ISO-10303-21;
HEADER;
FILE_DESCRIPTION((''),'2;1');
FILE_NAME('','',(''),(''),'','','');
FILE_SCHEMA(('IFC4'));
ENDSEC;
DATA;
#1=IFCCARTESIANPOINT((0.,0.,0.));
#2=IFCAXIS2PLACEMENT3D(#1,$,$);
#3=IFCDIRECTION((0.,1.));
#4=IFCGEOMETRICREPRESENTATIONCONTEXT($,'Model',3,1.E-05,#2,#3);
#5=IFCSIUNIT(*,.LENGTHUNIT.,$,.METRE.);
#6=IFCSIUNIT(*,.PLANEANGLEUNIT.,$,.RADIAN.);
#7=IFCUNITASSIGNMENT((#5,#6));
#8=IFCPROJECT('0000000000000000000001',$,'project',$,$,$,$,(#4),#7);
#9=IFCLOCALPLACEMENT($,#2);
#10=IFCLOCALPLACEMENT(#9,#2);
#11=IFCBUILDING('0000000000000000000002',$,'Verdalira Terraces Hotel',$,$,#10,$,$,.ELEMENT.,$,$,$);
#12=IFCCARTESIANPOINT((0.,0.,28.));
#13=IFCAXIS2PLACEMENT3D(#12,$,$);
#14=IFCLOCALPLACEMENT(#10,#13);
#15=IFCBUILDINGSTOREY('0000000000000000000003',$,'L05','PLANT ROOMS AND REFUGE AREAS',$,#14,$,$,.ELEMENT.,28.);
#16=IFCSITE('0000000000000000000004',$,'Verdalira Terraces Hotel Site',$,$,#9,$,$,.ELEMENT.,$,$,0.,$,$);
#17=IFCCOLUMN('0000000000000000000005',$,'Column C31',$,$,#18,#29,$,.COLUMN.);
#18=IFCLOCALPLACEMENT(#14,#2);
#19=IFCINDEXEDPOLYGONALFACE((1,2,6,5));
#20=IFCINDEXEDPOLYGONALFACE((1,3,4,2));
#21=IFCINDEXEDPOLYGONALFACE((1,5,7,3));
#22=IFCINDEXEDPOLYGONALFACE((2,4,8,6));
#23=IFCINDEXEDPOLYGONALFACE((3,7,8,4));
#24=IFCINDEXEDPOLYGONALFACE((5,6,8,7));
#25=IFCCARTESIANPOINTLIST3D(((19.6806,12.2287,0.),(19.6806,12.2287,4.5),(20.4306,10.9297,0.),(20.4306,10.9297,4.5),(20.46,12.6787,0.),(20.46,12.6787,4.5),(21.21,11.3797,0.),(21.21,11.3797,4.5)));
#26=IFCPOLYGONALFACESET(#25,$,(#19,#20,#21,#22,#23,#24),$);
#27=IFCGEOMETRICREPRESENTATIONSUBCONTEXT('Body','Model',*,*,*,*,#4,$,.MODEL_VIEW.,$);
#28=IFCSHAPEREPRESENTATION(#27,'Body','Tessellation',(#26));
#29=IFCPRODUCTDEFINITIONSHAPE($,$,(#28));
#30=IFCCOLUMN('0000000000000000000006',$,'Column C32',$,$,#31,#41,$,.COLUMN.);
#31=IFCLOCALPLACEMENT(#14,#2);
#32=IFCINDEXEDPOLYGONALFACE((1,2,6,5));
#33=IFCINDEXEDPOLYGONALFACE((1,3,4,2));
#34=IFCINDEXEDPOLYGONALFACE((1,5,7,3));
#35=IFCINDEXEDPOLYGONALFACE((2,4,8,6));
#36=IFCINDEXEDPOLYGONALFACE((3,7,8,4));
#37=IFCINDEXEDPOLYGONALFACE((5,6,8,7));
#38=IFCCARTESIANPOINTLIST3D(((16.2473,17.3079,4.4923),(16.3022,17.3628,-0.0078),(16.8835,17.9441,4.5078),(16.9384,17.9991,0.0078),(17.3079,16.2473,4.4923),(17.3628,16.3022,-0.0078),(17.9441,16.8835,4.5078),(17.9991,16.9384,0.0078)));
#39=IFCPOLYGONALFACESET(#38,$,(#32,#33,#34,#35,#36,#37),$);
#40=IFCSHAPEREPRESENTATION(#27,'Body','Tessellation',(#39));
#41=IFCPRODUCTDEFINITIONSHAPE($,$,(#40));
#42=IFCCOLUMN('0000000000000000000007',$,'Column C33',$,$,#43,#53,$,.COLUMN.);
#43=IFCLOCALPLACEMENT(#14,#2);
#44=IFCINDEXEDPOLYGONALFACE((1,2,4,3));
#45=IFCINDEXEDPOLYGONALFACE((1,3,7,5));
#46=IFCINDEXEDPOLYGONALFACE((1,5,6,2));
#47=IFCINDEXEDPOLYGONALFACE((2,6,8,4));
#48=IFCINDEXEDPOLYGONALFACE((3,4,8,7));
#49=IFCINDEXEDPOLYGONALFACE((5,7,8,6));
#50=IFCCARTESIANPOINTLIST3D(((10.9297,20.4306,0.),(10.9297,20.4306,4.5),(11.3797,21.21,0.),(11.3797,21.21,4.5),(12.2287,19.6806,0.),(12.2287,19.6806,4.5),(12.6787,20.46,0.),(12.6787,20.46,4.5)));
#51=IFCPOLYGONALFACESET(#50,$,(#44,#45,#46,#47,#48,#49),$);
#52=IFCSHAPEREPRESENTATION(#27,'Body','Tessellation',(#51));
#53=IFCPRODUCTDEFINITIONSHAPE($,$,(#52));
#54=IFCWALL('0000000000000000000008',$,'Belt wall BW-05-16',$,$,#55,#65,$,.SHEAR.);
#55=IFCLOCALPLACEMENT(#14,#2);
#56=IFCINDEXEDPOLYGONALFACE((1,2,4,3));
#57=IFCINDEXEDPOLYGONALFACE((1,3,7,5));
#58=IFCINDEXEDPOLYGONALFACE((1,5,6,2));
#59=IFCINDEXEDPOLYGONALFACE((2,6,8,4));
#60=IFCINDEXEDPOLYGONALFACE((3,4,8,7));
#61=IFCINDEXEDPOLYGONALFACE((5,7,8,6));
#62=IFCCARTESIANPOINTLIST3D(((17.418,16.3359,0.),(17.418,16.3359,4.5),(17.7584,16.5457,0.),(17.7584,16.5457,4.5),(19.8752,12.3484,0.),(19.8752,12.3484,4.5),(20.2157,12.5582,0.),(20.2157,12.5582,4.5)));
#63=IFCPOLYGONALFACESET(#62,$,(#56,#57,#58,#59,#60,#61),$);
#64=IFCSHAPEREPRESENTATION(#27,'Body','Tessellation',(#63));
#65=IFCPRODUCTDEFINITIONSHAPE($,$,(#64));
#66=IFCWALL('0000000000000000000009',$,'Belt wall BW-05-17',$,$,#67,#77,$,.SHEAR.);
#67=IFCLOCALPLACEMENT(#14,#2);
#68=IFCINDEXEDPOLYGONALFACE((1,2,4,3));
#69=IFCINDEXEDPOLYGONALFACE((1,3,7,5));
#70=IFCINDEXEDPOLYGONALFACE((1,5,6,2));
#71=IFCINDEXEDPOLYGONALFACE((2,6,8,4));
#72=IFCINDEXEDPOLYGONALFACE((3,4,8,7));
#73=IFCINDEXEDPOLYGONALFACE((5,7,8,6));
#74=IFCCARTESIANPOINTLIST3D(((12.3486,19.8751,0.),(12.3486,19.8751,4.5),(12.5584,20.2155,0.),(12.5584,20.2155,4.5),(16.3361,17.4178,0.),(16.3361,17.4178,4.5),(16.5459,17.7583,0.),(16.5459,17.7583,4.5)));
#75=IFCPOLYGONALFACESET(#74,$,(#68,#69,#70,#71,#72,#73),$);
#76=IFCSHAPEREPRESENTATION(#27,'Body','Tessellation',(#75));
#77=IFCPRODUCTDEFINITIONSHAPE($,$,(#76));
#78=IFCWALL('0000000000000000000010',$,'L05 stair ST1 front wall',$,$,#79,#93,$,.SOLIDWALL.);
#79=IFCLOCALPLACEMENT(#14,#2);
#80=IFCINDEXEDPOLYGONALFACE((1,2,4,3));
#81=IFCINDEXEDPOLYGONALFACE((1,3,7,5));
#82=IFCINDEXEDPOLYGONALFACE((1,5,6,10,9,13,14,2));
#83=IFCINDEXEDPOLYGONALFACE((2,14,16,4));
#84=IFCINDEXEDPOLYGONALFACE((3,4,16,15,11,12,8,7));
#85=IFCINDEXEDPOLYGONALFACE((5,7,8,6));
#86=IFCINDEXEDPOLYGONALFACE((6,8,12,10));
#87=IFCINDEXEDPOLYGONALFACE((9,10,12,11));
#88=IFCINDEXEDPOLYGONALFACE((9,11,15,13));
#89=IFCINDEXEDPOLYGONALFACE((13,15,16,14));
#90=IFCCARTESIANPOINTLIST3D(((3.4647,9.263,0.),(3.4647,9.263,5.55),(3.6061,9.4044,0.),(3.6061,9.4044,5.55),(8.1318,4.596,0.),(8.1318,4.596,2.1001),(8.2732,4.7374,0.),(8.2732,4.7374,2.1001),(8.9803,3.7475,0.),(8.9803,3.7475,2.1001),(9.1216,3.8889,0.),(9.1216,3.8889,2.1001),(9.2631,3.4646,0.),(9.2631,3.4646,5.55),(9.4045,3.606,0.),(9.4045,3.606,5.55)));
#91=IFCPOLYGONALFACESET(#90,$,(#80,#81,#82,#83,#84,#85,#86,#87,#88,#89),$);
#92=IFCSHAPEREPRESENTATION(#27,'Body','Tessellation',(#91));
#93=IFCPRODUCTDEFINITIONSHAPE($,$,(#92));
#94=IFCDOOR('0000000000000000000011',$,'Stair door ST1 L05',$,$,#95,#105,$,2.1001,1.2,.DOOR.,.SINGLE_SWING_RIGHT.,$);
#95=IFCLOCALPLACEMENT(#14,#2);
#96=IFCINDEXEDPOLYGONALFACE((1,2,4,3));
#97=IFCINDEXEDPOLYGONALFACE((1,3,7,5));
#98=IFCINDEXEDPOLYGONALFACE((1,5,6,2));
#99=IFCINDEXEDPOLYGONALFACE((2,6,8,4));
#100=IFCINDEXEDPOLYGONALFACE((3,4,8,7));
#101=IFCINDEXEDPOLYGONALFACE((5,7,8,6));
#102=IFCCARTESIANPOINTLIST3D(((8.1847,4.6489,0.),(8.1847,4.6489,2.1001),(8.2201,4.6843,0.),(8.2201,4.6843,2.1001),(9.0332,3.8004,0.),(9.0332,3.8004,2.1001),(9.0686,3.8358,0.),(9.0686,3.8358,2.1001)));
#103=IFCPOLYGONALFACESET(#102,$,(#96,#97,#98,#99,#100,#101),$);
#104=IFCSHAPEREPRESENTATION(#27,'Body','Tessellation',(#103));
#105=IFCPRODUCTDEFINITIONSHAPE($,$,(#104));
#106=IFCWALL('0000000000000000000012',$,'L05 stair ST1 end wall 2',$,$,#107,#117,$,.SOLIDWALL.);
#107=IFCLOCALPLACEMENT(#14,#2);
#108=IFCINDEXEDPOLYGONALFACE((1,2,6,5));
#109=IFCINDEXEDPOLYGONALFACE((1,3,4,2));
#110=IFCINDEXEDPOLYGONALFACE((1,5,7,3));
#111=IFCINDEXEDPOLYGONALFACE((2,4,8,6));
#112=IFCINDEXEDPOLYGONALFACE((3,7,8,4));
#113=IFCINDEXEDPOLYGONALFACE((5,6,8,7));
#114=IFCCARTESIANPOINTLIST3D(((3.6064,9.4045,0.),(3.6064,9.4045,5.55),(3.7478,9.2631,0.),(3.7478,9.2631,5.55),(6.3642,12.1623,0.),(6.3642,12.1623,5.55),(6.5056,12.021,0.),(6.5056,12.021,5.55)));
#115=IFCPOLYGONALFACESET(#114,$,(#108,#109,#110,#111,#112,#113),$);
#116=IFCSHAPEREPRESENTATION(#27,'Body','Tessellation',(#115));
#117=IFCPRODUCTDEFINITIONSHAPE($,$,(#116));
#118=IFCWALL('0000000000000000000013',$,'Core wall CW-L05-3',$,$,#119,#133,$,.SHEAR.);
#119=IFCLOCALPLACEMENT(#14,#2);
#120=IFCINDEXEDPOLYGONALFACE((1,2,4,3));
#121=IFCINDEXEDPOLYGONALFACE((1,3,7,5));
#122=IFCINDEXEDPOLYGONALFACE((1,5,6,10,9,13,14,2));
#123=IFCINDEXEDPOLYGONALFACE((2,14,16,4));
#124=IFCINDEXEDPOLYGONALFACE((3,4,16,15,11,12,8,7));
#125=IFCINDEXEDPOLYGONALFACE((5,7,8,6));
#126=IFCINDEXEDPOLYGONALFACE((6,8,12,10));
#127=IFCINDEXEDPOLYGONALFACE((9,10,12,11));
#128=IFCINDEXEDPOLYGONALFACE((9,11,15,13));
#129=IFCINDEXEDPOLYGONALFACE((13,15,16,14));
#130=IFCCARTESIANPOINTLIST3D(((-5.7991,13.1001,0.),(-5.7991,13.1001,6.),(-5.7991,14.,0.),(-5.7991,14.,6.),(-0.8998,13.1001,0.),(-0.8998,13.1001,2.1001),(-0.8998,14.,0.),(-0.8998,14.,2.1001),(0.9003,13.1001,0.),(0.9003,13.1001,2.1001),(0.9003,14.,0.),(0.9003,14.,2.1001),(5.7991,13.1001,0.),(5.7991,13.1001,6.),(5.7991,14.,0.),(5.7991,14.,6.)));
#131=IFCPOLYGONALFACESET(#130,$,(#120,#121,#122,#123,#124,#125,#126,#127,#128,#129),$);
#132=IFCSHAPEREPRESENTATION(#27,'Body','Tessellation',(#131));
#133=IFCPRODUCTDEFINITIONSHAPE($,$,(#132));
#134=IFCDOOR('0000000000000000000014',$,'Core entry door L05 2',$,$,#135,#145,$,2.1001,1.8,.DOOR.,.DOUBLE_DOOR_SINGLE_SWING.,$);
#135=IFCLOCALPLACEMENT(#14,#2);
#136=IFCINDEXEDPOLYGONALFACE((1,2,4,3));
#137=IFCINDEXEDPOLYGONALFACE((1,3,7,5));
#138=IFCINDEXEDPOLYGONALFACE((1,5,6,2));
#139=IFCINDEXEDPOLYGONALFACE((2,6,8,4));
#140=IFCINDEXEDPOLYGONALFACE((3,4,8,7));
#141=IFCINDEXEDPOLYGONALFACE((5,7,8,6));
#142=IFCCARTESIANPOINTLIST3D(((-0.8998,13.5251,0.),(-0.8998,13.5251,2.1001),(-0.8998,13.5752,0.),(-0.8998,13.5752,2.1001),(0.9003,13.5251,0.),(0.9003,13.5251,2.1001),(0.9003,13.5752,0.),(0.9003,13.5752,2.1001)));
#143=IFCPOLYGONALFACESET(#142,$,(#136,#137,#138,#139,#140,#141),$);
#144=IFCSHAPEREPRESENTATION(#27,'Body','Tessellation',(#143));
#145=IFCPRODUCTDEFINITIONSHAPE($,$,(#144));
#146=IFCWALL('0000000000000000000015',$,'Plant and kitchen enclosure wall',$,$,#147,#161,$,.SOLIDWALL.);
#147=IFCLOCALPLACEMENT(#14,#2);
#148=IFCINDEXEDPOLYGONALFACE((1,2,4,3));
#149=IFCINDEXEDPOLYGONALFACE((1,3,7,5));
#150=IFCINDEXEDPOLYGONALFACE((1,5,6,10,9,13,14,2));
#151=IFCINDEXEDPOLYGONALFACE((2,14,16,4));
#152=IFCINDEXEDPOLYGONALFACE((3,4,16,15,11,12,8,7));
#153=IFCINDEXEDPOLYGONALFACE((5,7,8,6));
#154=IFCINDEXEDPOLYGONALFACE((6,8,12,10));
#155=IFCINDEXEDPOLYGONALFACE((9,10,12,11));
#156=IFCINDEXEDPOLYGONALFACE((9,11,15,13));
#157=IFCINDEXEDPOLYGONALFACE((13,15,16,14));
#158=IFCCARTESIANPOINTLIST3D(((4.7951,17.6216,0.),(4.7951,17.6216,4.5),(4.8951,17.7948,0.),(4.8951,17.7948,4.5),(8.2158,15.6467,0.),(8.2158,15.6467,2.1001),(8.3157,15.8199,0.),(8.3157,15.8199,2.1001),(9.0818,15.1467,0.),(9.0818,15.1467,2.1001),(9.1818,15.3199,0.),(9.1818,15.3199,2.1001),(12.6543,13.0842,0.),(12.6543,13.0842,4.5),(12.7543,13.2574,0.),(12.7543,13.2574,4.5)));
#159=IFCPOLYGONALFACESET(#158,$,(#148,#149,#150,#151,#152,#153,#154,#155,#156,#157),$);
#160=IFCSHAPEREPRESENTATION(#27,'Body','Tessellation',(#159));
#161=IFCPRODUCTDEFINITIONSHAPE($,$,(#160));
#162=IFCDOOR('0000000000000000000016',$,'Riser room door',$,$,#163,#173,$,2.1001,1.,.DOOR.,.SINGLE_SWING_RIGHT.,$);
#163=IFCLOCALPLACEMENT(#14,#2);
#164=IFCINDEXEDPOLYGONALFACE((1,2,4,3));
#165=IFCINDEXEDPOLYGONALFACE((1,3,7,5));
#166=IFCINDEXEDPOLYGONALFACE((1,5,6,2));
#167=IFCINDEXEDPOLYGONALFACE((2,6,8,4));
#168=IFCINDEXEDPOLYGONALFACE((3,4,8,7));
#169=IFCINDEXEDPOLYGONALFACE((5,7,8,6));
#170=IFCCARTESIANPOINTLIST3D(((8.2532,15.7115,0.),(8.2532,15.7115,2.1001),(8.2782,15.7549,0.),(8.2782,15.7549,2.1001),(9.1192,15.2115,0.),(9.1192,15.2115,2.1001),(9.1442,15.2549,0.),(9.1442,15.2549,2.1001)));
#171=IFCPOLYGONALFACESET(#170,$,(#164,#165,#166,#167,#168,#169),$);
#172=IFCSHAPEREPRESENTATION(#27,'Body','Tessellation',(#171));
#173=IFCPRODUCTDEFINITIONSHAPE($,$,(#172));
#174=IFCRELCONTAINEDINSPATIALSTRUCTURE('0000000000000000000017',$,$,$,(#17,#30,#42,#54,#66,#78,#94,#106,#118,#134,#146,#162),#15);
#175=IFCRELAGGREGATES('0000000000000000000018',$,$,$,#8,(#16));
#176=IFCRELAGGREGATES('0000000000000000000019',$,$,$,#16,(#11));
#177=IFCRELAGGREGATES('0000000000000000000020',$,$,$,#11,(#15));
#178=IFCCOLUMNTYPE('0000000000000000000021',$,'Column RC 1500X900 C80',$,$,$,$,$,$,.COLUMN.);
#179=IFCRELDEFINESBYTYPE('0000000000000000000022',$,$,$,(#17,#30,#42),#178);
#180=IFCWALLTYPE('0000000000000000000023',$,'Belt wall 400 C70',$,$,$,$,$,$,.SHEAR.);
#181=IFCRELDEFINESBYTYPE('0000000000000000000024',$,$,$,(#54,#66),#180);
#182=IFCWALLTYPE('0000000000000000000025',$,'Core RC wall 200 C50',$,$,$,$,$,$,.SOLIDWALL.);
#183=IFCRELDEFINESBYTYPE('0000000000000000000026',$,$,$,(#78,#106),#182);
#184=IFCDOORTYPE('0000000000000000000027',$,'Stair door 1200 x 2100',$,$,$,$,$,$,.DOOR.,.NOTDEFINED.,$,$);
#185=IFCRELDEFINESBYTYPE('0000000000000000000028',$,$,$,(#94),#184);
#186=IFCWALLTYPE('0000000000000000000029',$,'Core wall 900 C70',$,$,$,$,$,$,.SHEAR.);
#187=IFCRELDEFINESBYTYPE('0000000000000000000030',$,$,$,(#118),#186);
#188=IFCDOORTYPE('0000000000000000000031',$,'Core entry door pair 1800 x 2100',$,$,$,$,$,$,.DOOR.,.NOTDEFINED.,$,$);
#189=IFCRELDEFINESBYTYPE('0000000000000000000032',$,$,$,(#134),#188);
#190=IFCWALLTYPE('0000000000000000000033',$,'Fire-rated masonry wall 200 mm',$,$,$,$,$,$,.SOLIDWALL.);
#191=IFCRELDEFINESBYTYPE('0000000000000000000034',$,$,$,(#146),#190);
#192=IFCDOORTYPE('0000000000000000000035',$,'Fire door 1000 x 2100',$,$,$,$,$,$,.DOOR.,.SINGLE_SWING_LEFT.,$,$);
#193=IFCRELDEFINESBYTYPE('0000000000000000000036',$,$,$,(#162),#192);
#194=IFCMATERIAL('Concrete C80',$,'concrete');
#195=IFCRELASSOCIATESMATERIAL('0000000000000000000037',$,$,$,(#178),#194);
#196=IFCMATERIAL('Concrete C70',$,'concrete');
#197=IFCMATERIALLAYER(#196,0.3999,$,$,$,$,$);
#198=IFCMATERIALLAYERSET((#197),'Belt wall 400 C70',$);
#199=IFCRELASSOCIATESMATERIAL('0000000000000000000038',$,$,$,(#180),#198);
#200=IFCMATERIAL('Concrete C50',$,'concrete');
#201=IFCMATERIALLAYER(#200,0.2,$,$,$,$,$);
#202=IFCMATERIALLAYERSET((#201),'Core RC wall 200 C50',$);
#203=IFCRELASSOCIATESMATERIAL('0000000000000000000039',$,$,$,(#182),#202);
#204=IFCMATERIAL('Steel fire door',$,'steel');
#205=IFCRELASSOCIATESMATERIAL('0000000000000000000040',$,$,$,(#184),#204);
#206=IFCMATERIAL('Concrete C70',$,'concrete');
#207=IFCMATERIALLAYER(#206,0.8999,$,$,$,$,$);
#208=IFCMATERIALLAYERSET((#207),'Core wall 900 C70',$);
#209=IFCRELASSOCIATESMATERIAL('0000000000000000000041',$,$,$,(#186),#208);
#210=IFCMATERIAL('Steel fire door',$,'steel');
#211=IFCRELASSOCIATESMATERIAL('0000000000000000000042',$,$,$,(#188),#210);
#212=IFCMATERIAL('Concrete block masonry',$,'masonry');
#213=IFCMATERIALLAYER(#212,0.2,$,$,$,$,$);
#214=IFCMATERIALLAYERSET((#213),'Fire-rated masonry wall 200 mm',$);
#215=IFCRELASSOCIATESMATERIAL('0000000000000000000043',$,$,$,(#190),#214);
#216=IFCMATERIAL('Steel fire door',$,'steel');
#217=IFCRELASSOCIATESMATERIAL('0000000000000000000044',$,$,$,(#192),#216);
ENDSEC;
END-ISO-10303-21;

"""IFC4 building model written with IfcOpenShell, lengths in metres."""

from ifc_helpers import new_model, si_unit, direction, frame, frame_2d, origin, origin_2d, place, context, subcontext, project, spatial, rectangle, extrude, material, layer, layer_set, material_profile, profile_set, type_object, element, fill, save


model = new_model("IFC4")

# Units and contexts
model_context = context("Model", 3, precision=1e-05, world=origin(), true_north=direction((0.0, 1.0)))
body_context = subcontext(model_context, "Body", "Model", "MODEL_VIEW")
ifc_project = project(units=[si_unit("LENGTHUNIT", "METRE"), si_unit("PLANEANGLEUNIT", "RADIAN")], contexts=[model_context])

# Site, building, storey
site_placement = place(None, origin())
site = spatial("IfcSite", under=ifc_project, at=site_placement, Name="Verdalira Terraces Hotel Site", CompositionType="ELEMENT", RefElevation=0.0)
building_placement = place(site_placement, origin())
building = spatial("IfcBuilding", under=site, at=building_placement, Name="Verdalira Terraces Hotel", CompositionType="ELEMENT")
storey_placement = place(building_placement, frame((0.0, 0.0, 28.0)))
storey = spatial("IfcBuildingStorey", under=building, at=storey_placement, Name="L05", Description="PLANT ROOMS AND REFUGE AREAS", CompositionType="ELEMENT", Elevation=28.0)

# Columns
ifc_material_1 = material(Name="Concrete C80", Category="concrete")
ifc_material_profile = material_profile(ifc_material_1, rectangle(XDim=1.5, YDim=0.8999, at=origin_2d()), Name="RC 1500X900")
ifc_profile_set = profile_set([ifc_material_profile], Name="Concrete C80")
column_type = type_object("IfcColumnType", Name="Column RC 1500X900 C80", PredefinedType="COLUMN", material=ifc_profile_set)
column_1_placement = place(storey_placement, frame((20.4453, 11.8042, 0.0), z_axis=(0.0, 0.0, 1.0), x_axis=(-0.5, 0.866025, 0.0)))
element("IfcColumn", 1, at=column_1_placement, inside=storey, type_object=column_type, Name="Column C31", PredefinedType="COLUMN", context=body_context, shape_type="SweptSolid", body=[
    extrude(rectangle(XDim=1.5, YDim=0.8999, at=origin_2d()), origin(), (0.0, 0.0, 1.0), 4.5),
])
column_2_placement = place(storey_placement, frame((17.1506, 17.1506, 0.0), z_axis=(-0.012205, -0.012205, 0.999851), x_axis=(0.707107, -0.707107, 0.0)))
element("IfcColumn", 2, at=column_2_placement, inside=storey, type_object=column_type, Name="Column C32", PredefinedType="COLUMN", context=body_context, shape_type="SweptSolid", body=[
    extrude(rectangle(XDim=1.5, YDim=0.8999, at=origin_2d()), origin(), (0.0, 0.0, 1.0), 4.5007),
])
column_3_placement = place(storey_placement, frame((11.8042, 20.4453, 0.0), z_axis=(0.0, 0.0, 1.0), x_axis=(-0.866025, 0.5, 0.0)))
element("IfcColumn", 3, at=column_3_placement, inside=storey, type_object=column_type, Name="Column C33", PredefinedType="COLUMN", context=body_context, shape_type="SweptSolid", body=[
    extrude(rectangle(XDim=1.5, YDim=0.8999, at=origin_2d()), origin(), (0.0, 0.0, 1.0), 4.5),
])

# Walls
ifc_material_2 = material(Name="Concrete C70", Category="concrete")
ifc_layer_1 = layer(ifc_material_2, 0.3999)
ifc_layer_set_1 = layer_set([ifc_layer_1], Name="Belt wall 400 C70")
wall_type_1 = type_object("IfcWallType", Name="Belt wall 400 C70", PredefinedType="SHEAR", material=ifc_layer_set_1)
for number, where, z_axis, x_axis, name in (
    (4, (20.0454, 12.4534, 0.0), (0.0, 0.0, 1.0), (-0.524624, 0.851334, 0.0), "Belt wall BW-05-16"),
    (5, (16.4409, 17.5881, 0.0), (0.0, 0.0, 1.0), (-0.851334, 0.524624, 0.0), "Belt wall BW-05-17"),
):
    element("IfcWall", number, at=place(storey_placement, frame(where, z_axis=z_axis, x_axis=x_axis)), inside=storey, type_object=wall_type_1, Name=name, PredefinedType="SHEAR", context=body_context, shape_type="SweptSolid", body=[
        extrude(rectangle(XDim=4.6838, YDim=0.3999, at=frame_2d((2.3418, 0.0))), origin(), (0.0, 0.0, 1.0), 4.5),
    ])

# Wall, opening, door
ifc_material_3 = material(Name="Concrete C50", Category="concrete")
ifc_layer_2 = layer(ifc_material_3, 0.2)
ifc_layer_set_2 = layer_set([ifc_layer_2], Name="Core RC wall 200 C50")
wall_type_2 = type_object("IfcWallType", Name="Core RC wall 200 C50", PredefinedType="SOLIDWALL", material=ifc_layer_set_2)
wall_1_placement = place(storey_placement, frame((3.5354, 9.3337, 0.0), z_axis=(0.0, 0.0, 1.0), x_axis=(0.707107, -0.707107, 0.0)))
wall_1 = element("IfcWall", 6, at=wall_1_placement, inside=storey, type_object=wall_type_2, Name="L05 stair ST1 front wall", PredefinedType="SOLIDWALL", context=body_context, shape_type="SweptSolid", body=[
    extrude(rectangle(XDim=8.2002, YDim=0.2, at=frame_2d((4.1001, 0.0))), origin(), (0.0, 0.0, 1.0), 5.55),
])
opening_1_placement = place(wall_1_placement, frame((6.6001, 0.0, 0.0)))
opening_1 = element("IfcOpeningElement", 7, at=opening_1_placement, cuts=wall_1, PredefinedType="OPENING", context=body_context, shape_type="SweptSolid", body=[
    extrude(rectangle(XDim=1.2, YDim=2.1001, at=frame_2d((0.6001, 1.05))), frame((0.0, 0.1099, 0.0), z_axis=(0.0, -1.0, 0.0), x_axis=(1.0, 0.0, 0.0)), (0.0, 0.0, 1.0), 0.22),
])
ifc_material_4 = material(Name="Steel fire door", Category="steel")
door_type_1 = type_object("IfcDoorType", Name="Stair door 1200 x 2100", OperationType="NOTDEFINED", PredefinedType="DOOR", material=ifc_material_4)
door_1_placement = place(opening_1_placement, origin())
door_1 = element("IfcDoor", 8, at=door_1_placement, inside=storey, type_object=door_type_1, Name="Stair door ST1 L05", OperationType="SINGLE_SWING_RIGHT", OverallHeight=2.1001, OverallWidth=1.2, PredefinedType="DOOR", context=body_context, shape_type="SweptSolid", body=[
    extrude(rectangle(XDim=1.2, YDim=2.1001, at=frame_2d((0.6001, 1.05))), frame((0.0, 0.0249, 0.0), z_axis=(0.0, -1.0, 0.0), x_axis=(1.0, 0.0, 0.0)), (0.0, 0.0, 1.0), 0.05),
])
fill(opening_1, door_1)

# Wall
wall_2_placement = place(storey_placement, frame((3.677, 9.3337, 0.0), z_axis=(0.0, 0.0, 1.0), x_axis=(0.707107, 0.707107, 0.0)))
element("IfcWall", 9, at=wall_2_placement, inside=storey, type_object=wall_type_2, Name="L05 stair ST1 end wall 2", PredefinedType="SOLIDWALL", context=body_context, shape_type="SweptSolid", body=[
    extrude(rectangle(XDim=3.9001, YDim=0.2, at=frame_2d((1.9502, 0.0))), origin(), (0.0, 0.0, 1.0), 5.55),
])

# Walls, openings, doors
ifc_material_5 = material(Name="Concrete C70", Category="concrete")
ifc_layer_3 = layer(ifc_material_5, 0.8999)
ifc_layer_set_3 = layer_set([ifc_layer_3], Name="Core wall 900 C70")
wall_type_3 = type_object("IfcWallType", Name="Core wall 900 C70", PredefinedType="SHEAR", material=ifc_layer_set_3)
wall_3_placement = place(storey_placement, frame((5.7991, 13.55, 0.0), z_axis=(0.0, 0.0, 1.0), x_axis=(-1.0, 0.0, 0.0)))
wall_3 = element("IfcWall", 10, at=wall_3_placement, inside=storey, type_object=wall_type_3, Name="Core wall CW-L05-3", PredefinedType="SHEAR", context=body_context, shape_type="SweptSolid", body=[
    extrude(rectangle(XDim=11.5981, YDim=0.8999, at=frame_2d((5.7991, 0.0))), origin(), (0.0, 0.0, 1.0), 6.0),
])
opening_2_placement = place(wall_3_placement, frame((4.8989, 0.0, 0.0)))
opening_2 = element("IfcOpeningElement", 11, at=opening_2_placement, cuts=wall_3, PredefinedType="OPENING", context=body_context, shape_type="SweptSolid", body=[
    extrude(rectangle(XDim=1.8, YDim=2.1001, at=frame_2d((0.8999, 1.05))), frame((0.0, 0.46, 0.0), z_axis=(0.0, -1.0, 0.0), x_axis=(1.0, 0.0, 0.0)), (0.0, 0.0, 1.0), 0.9199),
])
ifc_material_6 = material(Name="Steel fire door", Category="steel")
door_type_2 = type_object("IfcDoorType", Name="Core entry door pair 1800 x 2100", OperationType="NOTDEFINED", PredefinedType="DOOR", material=ifc_material_6)
door_2_placement = place(opening_2_placement, origin())
door_2 = element("IfcDoor", 12, at=door_2_placement, inside=storey, type_object=door_type_2, Name="Core entry door L05 2", OperationType="DOUBLE_DOOR_SINGLE_SWING", OverallHeight=2.1001, OverallWidth=1.8, PredefinedType="DOOR", context=body_context, shape_type="SweptSolid", body=[
    extrude(rectangle(XDim=1.8, YDim=2.1001, at=frame_2d((0.8999, 1.05))), frame((0.0, 0.0249, 0.0), z_axis=(0.0, -1.0, 0.0), x_axis=(1.0, 0.0, 0.0)), (0.0, 0.0, 1.0), 0.05),
])
fill(opening_2, door_2)
ifc_material_7 = material(Name="Concrete block masonry", Category="masonry")
ifc_layer_4 = layer(ifc_material_7, 0.2)
ifc_layer_set_4 = layer_set([ifc_layer_4], Name="Fire-rated masonry wall 200 mm")
wall_type_4 = type_object("IfcWallType", Name="Fire-rated masonry wall 200 mm", PredefinedType="SOLIDWALL", material=ifc_layer_set_4)
wall_4_placement = place(storey_placement, frame((4.845, 17.7083, 0.0), z_axis=(0.0, 0.0, 1.0), x_axis=(0.866031, -0.49999, 0.0)))
wall_4 = element("IfcWall", 13, at=wall_4_placement, inside=storey, type_object=wall_type_4, Name="Plant and kitchen enclosure wall", PredefinedType="SOLIDWALL", context=body_context, shape_type="SweptSolid", body=[
    extrude(rectangle(XDim=9.075, YDim=0.2, at=frame_2d((4.5376, 0.0))), origin(), (0.0, 0.0, 1.0), 4.5),
])
opening_3_placement = place(wall_4_placement, frame((3.95, 0.0, 0.0)))
opening_3 = element("IfcOpeningElement", 14, at=opening_3_placement, cuts=wall_4, PredefinedType="OPENING", context=body_context, shape_type="SweptSolid", body=[
    extrude(rectangle(XDim=1.0, YDim=2.1001, at=frame_2d((0.5, 1.05))), frame((0.0, 0.1099, 0.0), z_axis=(0.0, -1.0, 0.0), x_axis=(1.0, 0.0, 0.0)), (0.0, 0.0, 1.0), 0.22),
])
ifc_material_8 = material(Name="Steel fire door", Category="steel")
door_type_3 = type_object("IfcDoorType", Name="Fire door 1000 x 2100", OperationType="SINGLE_SWING_LEFT", PredefinedType="DOOR", material=ifc_material_8)
door_3_placement = place(opening_3_placement, origin())
door_3 = element("IfcDoor", 15, at=door_3_placement, inside=storey, type_object=door_type_3, Name="Riser room door", OperationType="SINGLE_SWING_RIGHT", OverallHeight=2.1001, OverallWidth=1.0, PredefinedType="DOOR", context=body_context, shape_type="SweptSolid", body=[
    extrude(rectangle(XDim=1.0, YDim=2.1001, at=frame_2d((0.5, 1.05))), frame((0.0, 0.0249, 0.0), z_axis=(0.0, -1.0, 0.0), x_axis=(1.0, 0.0, 0.0)), (0.0, 0.0, 1.0), 0.05),
])
fill(opening_3, door_3)

save(model, "model.ifc")
